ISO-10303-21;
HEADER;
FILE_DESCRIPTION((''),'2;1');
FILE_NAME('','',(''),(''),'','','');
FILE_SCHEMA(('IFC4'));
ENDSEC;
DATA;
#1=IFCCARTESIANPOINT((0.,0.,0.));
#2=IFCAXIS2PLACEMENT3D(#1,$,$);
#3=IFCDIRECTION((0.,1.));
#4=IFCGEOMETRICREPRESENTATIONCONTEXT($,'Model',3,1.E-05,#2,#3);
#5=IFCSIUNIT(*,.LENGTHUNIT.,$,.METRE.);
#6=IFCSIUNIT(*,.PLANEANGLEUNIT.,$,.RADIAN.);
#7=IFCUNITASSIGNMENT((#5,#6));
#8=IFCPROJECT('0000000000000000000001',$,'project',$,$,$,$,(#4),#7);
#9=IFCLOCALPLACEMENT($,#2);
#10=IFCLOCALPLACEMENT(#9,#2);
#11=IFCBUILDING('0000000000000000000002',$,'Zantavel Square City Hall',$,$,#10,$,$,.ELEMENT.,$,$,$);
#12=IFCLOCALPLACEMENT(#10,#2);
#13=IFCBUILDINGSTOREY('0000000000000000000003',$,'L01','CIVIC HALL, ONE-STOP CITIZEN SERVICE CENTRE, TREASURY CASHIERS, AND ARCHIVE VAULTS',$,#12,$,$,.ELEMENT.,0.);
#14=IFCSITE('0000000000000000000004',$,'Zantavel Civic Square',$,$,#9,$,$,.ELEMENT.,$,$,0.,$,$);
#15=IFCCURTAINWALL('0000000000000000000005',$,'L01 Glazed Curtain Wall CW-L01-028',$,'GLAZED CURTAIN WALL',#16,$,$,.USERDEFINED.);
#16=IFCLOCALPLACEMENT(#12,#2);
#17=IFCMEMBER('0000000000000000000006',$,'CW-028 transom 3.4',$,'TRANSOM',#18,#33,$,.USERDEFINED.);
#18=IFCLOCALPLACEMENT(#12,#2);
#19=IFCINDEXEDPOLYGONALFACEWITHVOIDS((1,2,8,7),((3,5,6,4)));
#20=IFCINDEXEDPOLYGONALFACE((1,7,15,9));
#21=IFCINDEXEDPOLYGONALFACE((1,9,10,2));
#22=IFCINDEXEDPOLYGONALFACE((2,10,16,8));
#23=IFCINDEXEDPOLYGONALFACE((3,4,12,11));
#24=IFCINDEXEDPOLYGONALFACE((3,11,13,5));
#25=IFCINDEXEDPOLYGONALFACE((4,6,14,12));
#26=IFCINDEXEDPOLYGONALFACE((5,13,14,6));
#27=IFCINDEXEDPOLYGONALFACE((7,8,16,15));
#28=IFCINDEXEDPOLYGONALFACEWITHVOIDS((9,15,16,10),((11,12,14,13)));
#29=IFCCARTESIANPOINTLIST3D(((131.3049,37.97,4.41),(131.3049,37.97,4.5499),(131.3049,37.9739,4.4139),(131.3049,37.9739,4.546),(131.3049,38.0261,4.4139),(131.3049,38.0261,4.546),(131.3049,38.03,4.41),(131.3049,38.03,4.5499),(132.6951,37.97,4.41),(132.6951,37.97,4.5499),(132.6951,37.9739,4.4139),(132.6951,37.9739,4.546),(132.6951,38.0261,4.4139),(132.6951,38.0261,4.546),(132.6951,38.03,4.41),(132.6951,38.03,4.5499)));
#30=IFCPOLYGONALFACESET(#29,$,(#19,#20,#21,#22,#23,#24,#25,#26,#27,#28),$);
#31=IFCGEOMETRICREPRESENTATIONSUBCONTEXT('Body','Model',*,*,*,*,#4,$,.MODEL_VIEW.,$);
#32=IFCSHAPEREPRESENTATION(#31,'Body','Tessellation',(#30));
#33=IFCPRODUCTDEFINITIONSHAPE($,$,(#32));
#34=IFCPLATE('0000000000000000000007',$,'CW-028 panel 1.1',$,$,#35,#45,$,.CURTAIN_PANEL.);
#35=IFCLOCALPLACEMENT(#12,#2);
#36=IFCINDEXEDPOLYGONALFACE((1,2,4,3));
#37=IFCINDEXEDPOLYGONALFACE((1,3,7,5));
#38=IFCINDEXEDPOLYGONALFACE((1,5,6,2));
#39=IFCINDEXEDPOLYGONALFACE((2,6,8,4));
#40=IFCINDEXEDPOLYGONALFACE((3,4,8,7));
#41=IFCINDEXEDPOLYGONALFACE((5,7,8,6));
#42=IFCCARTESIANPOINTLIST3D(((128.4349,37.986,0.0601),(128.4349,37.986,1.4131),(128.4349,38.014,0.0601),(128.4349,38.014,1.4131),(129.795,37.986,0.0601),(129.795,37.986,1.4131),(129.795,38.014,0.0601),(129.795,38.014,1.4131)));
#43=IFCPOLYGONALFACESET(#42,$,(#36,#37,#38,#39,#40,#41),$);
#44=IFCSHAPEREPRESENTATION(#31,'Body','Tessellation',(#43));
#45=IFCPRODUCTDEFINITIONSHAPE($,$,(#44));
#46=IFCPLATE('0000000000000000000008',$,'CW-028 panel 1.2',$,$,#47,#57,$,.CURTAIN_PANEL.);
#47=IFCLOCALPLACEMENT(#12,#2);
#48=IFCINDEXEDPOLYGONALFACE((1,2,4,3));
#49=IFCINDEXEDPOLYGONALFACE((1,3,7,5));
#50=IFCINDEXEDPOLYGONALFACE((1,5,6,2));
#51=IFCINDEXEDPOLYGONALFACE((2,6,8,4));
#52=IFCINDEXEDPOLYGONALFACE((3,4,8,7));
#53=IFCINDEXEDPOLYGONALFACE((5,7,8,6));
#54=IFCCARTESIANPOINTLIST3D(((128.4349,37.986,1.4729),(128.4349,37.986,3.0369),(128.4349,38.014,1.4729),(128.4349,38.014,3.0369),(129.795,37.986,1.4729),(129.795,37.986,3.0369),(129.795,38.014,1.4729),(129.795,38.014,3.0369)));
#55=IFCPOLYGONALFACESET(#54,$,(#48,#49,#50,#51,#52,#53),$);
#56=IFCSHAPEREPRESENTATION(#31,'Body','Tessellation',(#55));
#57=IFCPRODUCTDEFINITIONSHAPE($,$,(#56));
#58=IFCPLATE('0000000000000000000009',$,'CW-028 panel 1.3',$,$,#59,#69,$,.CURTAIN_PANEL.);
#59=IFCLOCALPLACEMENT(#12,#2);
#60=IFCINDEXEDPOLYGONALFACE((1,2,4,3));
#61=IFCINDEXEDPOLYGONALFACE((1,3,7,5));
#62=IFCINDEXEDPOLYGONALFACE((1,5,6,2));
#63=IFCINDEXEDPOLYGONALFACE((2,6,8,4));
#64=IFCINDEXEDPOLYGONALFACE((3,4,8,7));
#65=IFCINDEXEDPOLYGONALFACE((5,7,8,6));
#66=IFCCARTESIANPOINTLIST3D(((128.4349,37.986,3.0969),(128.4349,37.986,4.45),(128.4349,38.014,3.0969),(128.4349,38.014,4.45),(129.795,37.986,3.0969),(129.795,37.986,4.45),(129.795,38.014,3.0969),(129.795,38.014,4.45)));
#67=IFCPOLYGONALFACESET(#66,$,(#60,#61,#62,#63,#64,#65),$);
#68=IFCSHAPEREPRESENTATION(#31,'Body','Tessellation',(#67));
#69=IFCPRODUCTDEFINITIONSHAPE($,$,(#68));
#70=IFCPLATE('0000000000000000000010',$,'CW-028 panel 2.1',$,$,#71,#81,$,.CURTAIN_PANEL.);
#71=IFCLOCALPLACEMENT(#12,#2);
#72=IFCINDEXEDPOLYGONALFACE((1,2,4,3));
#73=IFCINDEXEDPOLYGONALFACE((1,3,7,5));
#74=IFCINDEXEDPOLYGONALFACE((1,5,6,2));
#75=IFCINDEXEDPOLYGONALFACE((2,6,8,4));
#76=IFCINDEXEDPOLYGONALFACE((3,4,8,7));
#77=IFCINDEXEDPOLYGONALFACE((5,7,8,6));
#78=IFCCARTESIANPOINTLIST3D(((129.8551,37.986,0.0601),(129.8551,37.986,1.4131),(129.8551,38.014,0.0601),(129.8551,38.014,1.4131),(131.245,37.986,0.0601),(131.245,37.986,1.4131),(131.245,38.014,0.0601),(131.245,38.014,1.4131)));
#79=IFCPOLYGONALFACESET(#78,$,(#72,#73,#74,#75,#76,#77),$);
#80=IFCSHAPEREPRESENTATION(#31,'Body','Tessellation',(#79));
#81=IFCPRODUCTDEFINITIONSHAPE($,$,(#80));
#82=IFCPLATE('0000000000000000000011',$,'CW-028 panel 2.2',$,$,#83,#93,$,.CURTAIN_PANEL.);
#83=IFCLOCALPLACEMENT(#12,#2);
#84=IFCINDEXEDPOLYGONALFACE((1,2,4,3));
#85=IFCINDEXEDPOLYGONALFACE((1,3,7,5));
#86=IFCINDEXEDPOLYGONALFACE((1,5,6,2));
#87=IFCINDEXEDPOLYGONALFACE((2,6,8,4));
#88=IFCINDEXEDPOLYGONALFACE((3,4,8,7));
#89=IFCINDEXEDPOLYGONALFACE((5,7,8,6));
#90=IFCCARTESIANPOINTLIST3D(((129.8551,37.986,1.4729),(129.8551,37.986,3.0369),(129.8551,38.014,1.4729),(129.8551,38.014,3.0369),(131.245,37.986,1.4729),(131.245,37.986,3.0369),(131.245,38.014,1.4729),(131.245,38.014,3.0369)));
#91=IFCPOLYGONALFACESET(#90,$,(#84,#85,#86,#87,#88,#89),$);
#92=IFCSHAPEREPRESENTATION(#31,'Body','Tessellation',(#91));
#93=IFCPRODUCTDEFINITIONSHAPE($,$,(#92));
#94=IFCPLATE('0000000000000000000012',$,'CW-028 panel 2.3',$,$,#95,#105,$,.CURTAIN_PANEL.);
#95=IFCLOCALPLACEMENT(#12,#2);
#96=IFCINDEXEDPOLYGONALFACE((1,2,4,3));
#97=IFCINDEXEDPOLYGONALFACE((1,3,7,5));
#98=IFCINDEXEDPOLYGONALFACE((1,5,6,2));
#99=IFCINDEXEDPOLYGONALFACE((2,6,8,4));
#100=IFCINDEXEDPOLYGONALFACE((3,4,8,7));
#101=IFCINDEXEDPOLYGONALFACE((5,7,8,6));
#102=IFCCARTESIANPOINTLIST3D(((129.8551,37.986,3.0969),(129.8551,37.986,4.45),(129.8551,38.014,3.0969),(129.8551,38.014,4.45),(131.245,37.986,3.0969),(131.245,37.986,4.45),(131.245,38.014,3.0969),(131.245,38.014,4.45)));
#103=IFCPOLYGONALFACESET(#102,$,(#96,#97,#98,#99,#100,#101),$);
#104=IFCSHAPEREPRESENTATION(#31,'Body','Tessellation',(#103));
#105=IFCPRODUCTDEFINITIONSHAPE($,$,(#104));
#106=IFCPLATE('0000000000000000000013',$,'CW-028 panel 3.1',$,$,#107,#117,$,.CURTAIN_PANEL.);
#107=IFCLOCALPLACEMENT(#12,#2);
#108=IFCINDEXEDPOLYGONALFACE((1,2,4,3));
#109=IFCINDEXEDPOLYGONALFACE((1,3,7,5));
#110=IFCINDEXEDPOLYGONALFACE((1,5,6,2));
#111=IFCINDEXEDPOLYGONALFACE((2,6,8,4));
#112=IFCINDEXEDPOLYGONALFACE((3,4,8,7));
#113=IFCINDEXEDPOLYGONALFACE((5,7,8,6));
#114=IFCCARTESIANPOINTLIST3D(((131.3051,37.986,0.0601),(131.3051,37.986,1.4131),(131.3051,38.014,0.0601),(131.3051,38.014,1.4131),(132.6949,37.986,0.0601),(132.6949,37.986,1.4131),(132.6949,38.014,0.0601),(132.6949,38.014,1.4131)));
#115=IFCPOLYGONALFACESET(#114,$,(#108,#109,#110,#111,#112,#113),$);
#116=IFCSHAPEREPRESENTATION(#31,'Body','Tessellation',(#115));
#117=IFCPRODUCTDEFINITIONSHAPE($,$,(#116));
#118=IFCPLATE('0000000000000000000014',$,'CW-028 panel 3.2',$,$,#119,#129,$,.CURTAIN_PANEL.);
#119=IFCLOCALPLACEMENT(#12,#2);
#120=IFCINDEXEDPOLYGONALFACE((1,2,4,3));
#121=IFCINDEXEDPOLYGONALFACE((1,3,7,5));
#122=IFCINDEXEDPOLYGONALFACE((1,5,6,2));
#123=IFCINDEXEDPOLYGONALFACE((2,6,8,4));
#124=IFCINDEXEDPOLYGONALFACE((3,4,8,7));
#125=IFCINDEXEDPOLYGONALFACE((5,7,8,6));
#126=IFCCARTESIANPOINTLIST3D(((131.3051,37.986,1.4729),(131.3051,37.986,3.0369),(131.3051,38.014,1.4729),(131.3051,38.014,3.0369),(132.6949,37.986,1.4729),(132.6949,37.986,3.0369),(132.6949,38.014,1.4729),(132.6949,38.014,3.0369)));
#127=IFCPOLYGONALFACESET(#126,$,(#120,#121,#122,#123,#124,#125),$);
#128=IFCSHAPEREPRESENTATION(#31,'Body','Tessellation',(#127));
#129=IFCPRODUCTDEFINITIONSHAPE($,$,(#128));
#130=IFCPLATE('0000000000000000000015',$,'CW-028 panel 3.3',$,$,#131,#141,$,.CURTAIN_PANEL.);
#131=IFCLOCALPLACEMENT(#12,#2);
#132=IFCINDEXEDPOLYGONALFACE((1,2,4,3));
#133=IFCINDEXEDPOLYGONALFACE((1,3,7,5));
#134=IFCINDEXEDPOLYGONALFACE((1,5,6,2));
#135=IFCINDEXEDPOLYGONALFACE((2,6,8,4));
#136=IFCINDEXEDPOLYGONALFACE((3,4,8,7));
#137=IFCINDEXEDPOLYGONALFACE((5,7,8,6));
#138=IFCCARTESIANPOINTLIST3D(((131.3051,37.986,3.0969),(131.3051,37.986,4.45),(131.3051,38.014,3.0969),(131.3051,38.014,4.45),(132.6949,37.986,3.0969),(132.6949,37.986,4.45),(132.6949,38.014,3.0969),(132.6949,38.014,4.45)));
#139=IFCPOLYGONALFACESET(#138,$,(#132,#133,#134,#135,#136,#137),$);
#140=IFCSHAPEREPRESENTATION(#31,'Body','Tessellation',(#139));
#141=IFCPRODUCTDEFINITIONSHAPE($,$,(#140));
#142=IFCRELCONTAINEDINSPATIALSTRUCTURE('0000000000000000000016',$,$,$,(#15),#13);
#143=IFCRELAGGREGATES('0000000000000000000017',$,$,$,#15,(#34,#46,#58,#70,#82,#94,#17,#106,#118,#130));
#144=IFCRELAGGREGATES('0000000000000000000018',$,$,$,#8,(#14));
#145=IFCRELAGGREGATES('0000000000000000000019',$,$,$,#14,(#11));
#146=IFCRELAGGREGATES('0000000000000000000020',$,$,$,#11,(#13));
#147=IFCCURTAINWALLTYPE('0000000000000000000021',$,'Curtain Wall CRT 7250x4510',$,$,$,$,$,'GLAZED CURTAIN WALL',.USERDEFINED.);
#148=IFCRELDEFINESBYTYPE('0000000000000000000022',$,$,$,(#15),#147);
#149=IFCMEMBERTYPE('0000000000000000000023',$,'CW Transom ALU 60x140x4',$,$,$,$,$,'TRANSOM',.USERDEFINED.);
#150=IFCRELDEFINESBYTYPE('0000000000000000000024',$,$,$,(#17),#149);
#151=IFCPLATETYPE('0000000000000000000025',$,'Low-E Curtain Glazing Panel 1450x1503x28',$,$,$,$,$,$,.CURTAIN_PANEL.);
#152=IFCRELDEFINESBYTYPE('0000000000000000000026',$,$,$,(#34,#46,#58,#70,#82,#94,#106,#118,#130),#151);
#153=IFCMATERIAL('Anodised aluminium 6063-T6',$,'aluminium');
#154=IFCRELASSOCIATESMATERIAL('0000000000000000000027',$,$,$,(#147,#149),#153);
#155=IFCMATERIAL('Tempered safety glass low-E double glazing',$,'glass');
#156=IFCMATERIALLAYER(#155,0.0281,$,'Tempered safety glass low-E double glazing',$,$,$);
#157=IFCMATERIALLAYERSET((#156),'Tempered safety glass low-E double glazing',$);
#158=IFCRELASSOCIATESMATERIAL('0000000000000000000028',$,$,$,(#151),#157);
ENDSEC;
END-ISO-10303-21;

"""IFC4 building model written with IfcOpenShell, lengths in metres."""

from ifc_helpers import new_model, si_unit, direction, frame, origin, origin_2d, place, context, subcontext, project, spatial, rectangle, hollow_rectangle, extrude, material, layer, layer_set, material_profile, profile_set, type_object, element, aggregate, save


model = new_model("IFC4")

# Units and contexts
model_context = context("Model", 3, precision=1e-05, world=origin(), true_north=direction((0.0, 1.0)))
body_context = subcontext(model_context, "Body", "Model", "MODEL_VIEW")
ifc_project = project(units=[si_unit("LENGTHUNIT", "METRE"), si_unit("PLANEANGLEUNIT", "RADIAN")], contexts=[model_context])

# Site, building, storey
site_placement = place(None, origin())
site = spatial("IfcSite", under=ifc_project, at=site_placement, Name="Zantavel Civic Square", CompositionType="ELEMENT", RefElevation=0.0)
building_placement = place(site_placement, origin())
building = spatial("IfcBuilding", under=site, at=building_placement, Name="Zantavel Square City Hall", CompositionType="ELEMENT")
storey_placement = place(building_placement, origin())
storey = spatial("IfcBuildingStorey", under=building, at=storey_placement, Name="L01", Description="CIVIC HALL, ONE-STOP CITIZEN SERVICE CENTRE, TREASURY CASHIERS, AND ARCHIVE VAULTS", CompositionType="ELEMENT", Elevation=0.0)

# Curtain wall, member, plates
ifc_material_1 = material(Name="Anodised aluminium 6063-T6", Category="aluminium")
curtain_wall_type = type_object("IfcCurtainWallType", Name="Curtain Wall CRT 7250x4510", ElementType="GLAZED CURTAIN WALL", PredefinedType="USERDEFINED", material=ifc_material_1)
curtain_wall_placement = place(storey_placement, origin())
curtain_wall = element("IfcCurtainWall", 1, at=curtain_wall_placement, inside=storey, type_object=curtain_wall_type, Name="L01 Glazed Curtain Wall CW-L01-028", ObjectType="GLAZED CURTAIN WALL", PredefinedType="USERDEFINED")
ifc_material_profile_1 = material_profile(ifc_material_1, hollow_rectangle(XDim=0.0601, YDim=0.1399, WallThickness=0.0039, at=origin_2d()), Name="ALU 60x140x4")
ifc_profile_set_1 = profile_set([ifc_material_profile_1], Name="Anodised aluminium 6063-T6")
member_type_1 = type_object("IfcMemberType", Name="CW Transom ALU 60x140x4", ElementType="TRANSOM", PredefinedType="USERDEFINED", material=ifc_profile_set_1)
member_1_placement = place(storey_placement, frame((131.3049, 38.0, 4.48), z_axis=(1.0, 0.0, 0.0), x_axis=(0.0, 1.0, 0.0)))
member_1 = element("IfcMember", 2, at=member_1_placement, type_object=member_type_1, Name="CW-028 transom 3.4", ObjectType="TRANSOM", PredefinedType="USERDEFINED", context=body_context, shape_type="SweptSolid", body=[
    extrude(hollow_rectangle(XDim=0.0601, YDim=0.1399, WallThickness=0.0039, at=origin_2d()), origin(), (0.0, 0.0, 1.0), 1.3901),
])
ifc_material_2 = material(Name="Tempered safety glass low-E double glazing", Category="glass")
ifc_layer = layer(ifc_material_2, 0.0281, Name="Tempered safety glass low-E double glazing")
ifc_layer_set = layer_set([ifc_layer], Name="Tempered safety glass low-E double glazing")
plate_type = type_object("IfcPlateType", Name="Low-E Curtain Glazing Panel 1450x1503x28", PredefinedType="CURTAIN_PANEL", material=ifc_layer_set)
plate_1_placement = place(storey_placement, frame((129.115, 38.0, 0.0601), z_axis=(0.0, 0.0, 1.0), x_axis=(1.0, 0.0, 0.0)))
plate_1 = element("IfcPlate", 3, at=plate_1_placement, type_object=plate_type, Name="CW-028 panel 1.1", PredefinedType="CURTAIN_PANEL", context=body_context, shape_type="SweptSolid", body=[
    extrude(rectangle(XDim=1.3601, YDim=0.0281, at=origin_2d()), origin(), (0.0, 0.0, 1.0), 1.353),
])
plate_2_placement = place(storey_placement, frame((129.115, 38.0, 1.4729), z_axis=(0.0, 0.0, 1.0), x_axis=(1.0, 0.0, 0.0)))
plate_2 = element("IfcPlate", 4, at=plate_2_placement, type_object=plate_type, Name="CW-028 panel 1.2", PredefinedType="CURTAIN_PANEL", context=body_context, shape_type="SweptSolid", body=[
    extrude(rectangle(XDim=1.3601, YDim=0.0281, at=origin_2d()), origin(), (0.0, 0.0, 1.0), 1.564),
])
plate_3_placement = place(storey_placement, frame((129.115, 38.0, 3.0969), z_axis=(0.0, 0.0, 1.0), x_axis=(1.0, 0.0, 0.0)))
plate_3 = element("IfcPlate", 5, at=plate_3_placement, type_object=plate_type, Name="CW-028 panel 1.3", PredefinedType="CURTAIN_PANEL", context=body_context, shape_type="SweptSolid", body=[
    extrude(rectangle(XDim=1.3601, YDim=0.0281, at=origin_2d()), origin(), (0.0, 0.0, 1.0), 1.353),
])
plate_4_placement = place(storey_placement, frame((130.55, 38.0, 0.0601), z_axis=(0.0, 0.0, 1.0), x_axis=(1.0, 0.0, 0.0)))
plate_4 = element("IfcPlate", 6, at=plate_4_placement, type_object=plate_type, Name="CW-028 panel 2.1", PredefinedType="CURTAIN_PANEL", context=body_context, shape_type="SweptSolid", body=[
    extrude(rectangle(XDim=1.3899, YDim=0.0281, at=origin_2d()), origin(), (0.0, 0.0, 1.0), 1.353),
])
plate_5_placement = place(storey_placement, frame((130.55, 38.0, 1.4729), z_axis=(0.0, 0.0, 1.0), x_axis=(1.0, 0.0, 0.0)))
plate_5 = element("IfcPlate", 7, at=plate_5_placement, type_object=plate_type, Name="CW-028 panel 2.2", PredefinedType="CURTAIN_PANEL", context=body_context, shape_type="SweptSolid", body=[
    extrude(rectangle(XDim=1.3899, YDim=0.0281, at=origin_2d()), origin(), (0.0, 0.0, 1.0), 1.564),
])
plate_6_placement = place(storey_placement, frame((130.55, 38.0, 3.0969), z_axis=(0.0, 0.0, 1.0), x_axis=(1.0, 0.0, 0.0)))
plate_6 = element("IfcPlate", 8, at=plate_6_placement, type_object=plate_type, Name="CW-028 panel 2.3", PredefinedType="CURTAIN_PANEL", context=body_context, shape_type="SweptSolid", body=[
    extrude(rectangle(XDim=1.3899, YDim=0.0281, at=origin_2d()), origin(), (0.0, 0.0, 1.0), 1.353),
])
plate_7_placement = place(storey_placement, frame((132.0, 38.0, 0.0601), z_axis=(0.0, 0.0, 1.0), x_axis=(1.0, 0.0, 0.0)))
plate_7 = element("IfcPlate", 9, at=plate_7_placement, type_object=plate_type, Name="CW-028 panel 3.1", PredefinedType="CURTAIN_PANEL", context=body_context, shape_type="SweptSolid", body=[
    extrude(rectangle(XDim=1.3899, YDim=0.0281, at=origin_2d()), origin(), (0.0, 0.0, 1.0), 1.353),
])
plate_8_placement = place(storey_placement, frame((132.0, 38.0, 1.4729), z_axis=(0.0, 0.0, 1.0), x_axis=(1.0, 0.0, 0.0)))
plate_8 = element("IfcPlate", 10, at=plate_8_placement, type_object=plate_type, Name="CW-028 panel 3.2", PredefinedType="CURTAIN_PANEL", context=body_context, shape_type="SweptSolid", body=[
    extrude(rectangle(XDim=1.3899, YDim=0.0281, at=origin_2d()), origin(), (0.0, 0.0, 1.0), 1.564),
])
plate_9_placement = place(storey_placement, frame((132.0, 38.0, 3.0969), z_axis=(0.0, 0.0, 1.0), x_axis=(1.0, 0.0, 0.0)))
plate_9 = element("IfcPlate", 11, at=plate_9_placement, type_object=plate_type, Name="CW-028 panel 3.3", PredefinedType="CURTAIN_PANEL", context=body_context, shape_type="SweptSolid", body=[
    extrude(rectangle(XDim=1.3899, YDim=0.0281, at=origin_2d()), origin(), (0.0, 0.0, 1.0), 1.353),
])
aggregate(curtain_wall, [plate_1, plate_2, plate_3, plate_4, plate_5, plate_6, member_1, plate_7, plate_8, plate_9])

save(model, "model.ifc")
